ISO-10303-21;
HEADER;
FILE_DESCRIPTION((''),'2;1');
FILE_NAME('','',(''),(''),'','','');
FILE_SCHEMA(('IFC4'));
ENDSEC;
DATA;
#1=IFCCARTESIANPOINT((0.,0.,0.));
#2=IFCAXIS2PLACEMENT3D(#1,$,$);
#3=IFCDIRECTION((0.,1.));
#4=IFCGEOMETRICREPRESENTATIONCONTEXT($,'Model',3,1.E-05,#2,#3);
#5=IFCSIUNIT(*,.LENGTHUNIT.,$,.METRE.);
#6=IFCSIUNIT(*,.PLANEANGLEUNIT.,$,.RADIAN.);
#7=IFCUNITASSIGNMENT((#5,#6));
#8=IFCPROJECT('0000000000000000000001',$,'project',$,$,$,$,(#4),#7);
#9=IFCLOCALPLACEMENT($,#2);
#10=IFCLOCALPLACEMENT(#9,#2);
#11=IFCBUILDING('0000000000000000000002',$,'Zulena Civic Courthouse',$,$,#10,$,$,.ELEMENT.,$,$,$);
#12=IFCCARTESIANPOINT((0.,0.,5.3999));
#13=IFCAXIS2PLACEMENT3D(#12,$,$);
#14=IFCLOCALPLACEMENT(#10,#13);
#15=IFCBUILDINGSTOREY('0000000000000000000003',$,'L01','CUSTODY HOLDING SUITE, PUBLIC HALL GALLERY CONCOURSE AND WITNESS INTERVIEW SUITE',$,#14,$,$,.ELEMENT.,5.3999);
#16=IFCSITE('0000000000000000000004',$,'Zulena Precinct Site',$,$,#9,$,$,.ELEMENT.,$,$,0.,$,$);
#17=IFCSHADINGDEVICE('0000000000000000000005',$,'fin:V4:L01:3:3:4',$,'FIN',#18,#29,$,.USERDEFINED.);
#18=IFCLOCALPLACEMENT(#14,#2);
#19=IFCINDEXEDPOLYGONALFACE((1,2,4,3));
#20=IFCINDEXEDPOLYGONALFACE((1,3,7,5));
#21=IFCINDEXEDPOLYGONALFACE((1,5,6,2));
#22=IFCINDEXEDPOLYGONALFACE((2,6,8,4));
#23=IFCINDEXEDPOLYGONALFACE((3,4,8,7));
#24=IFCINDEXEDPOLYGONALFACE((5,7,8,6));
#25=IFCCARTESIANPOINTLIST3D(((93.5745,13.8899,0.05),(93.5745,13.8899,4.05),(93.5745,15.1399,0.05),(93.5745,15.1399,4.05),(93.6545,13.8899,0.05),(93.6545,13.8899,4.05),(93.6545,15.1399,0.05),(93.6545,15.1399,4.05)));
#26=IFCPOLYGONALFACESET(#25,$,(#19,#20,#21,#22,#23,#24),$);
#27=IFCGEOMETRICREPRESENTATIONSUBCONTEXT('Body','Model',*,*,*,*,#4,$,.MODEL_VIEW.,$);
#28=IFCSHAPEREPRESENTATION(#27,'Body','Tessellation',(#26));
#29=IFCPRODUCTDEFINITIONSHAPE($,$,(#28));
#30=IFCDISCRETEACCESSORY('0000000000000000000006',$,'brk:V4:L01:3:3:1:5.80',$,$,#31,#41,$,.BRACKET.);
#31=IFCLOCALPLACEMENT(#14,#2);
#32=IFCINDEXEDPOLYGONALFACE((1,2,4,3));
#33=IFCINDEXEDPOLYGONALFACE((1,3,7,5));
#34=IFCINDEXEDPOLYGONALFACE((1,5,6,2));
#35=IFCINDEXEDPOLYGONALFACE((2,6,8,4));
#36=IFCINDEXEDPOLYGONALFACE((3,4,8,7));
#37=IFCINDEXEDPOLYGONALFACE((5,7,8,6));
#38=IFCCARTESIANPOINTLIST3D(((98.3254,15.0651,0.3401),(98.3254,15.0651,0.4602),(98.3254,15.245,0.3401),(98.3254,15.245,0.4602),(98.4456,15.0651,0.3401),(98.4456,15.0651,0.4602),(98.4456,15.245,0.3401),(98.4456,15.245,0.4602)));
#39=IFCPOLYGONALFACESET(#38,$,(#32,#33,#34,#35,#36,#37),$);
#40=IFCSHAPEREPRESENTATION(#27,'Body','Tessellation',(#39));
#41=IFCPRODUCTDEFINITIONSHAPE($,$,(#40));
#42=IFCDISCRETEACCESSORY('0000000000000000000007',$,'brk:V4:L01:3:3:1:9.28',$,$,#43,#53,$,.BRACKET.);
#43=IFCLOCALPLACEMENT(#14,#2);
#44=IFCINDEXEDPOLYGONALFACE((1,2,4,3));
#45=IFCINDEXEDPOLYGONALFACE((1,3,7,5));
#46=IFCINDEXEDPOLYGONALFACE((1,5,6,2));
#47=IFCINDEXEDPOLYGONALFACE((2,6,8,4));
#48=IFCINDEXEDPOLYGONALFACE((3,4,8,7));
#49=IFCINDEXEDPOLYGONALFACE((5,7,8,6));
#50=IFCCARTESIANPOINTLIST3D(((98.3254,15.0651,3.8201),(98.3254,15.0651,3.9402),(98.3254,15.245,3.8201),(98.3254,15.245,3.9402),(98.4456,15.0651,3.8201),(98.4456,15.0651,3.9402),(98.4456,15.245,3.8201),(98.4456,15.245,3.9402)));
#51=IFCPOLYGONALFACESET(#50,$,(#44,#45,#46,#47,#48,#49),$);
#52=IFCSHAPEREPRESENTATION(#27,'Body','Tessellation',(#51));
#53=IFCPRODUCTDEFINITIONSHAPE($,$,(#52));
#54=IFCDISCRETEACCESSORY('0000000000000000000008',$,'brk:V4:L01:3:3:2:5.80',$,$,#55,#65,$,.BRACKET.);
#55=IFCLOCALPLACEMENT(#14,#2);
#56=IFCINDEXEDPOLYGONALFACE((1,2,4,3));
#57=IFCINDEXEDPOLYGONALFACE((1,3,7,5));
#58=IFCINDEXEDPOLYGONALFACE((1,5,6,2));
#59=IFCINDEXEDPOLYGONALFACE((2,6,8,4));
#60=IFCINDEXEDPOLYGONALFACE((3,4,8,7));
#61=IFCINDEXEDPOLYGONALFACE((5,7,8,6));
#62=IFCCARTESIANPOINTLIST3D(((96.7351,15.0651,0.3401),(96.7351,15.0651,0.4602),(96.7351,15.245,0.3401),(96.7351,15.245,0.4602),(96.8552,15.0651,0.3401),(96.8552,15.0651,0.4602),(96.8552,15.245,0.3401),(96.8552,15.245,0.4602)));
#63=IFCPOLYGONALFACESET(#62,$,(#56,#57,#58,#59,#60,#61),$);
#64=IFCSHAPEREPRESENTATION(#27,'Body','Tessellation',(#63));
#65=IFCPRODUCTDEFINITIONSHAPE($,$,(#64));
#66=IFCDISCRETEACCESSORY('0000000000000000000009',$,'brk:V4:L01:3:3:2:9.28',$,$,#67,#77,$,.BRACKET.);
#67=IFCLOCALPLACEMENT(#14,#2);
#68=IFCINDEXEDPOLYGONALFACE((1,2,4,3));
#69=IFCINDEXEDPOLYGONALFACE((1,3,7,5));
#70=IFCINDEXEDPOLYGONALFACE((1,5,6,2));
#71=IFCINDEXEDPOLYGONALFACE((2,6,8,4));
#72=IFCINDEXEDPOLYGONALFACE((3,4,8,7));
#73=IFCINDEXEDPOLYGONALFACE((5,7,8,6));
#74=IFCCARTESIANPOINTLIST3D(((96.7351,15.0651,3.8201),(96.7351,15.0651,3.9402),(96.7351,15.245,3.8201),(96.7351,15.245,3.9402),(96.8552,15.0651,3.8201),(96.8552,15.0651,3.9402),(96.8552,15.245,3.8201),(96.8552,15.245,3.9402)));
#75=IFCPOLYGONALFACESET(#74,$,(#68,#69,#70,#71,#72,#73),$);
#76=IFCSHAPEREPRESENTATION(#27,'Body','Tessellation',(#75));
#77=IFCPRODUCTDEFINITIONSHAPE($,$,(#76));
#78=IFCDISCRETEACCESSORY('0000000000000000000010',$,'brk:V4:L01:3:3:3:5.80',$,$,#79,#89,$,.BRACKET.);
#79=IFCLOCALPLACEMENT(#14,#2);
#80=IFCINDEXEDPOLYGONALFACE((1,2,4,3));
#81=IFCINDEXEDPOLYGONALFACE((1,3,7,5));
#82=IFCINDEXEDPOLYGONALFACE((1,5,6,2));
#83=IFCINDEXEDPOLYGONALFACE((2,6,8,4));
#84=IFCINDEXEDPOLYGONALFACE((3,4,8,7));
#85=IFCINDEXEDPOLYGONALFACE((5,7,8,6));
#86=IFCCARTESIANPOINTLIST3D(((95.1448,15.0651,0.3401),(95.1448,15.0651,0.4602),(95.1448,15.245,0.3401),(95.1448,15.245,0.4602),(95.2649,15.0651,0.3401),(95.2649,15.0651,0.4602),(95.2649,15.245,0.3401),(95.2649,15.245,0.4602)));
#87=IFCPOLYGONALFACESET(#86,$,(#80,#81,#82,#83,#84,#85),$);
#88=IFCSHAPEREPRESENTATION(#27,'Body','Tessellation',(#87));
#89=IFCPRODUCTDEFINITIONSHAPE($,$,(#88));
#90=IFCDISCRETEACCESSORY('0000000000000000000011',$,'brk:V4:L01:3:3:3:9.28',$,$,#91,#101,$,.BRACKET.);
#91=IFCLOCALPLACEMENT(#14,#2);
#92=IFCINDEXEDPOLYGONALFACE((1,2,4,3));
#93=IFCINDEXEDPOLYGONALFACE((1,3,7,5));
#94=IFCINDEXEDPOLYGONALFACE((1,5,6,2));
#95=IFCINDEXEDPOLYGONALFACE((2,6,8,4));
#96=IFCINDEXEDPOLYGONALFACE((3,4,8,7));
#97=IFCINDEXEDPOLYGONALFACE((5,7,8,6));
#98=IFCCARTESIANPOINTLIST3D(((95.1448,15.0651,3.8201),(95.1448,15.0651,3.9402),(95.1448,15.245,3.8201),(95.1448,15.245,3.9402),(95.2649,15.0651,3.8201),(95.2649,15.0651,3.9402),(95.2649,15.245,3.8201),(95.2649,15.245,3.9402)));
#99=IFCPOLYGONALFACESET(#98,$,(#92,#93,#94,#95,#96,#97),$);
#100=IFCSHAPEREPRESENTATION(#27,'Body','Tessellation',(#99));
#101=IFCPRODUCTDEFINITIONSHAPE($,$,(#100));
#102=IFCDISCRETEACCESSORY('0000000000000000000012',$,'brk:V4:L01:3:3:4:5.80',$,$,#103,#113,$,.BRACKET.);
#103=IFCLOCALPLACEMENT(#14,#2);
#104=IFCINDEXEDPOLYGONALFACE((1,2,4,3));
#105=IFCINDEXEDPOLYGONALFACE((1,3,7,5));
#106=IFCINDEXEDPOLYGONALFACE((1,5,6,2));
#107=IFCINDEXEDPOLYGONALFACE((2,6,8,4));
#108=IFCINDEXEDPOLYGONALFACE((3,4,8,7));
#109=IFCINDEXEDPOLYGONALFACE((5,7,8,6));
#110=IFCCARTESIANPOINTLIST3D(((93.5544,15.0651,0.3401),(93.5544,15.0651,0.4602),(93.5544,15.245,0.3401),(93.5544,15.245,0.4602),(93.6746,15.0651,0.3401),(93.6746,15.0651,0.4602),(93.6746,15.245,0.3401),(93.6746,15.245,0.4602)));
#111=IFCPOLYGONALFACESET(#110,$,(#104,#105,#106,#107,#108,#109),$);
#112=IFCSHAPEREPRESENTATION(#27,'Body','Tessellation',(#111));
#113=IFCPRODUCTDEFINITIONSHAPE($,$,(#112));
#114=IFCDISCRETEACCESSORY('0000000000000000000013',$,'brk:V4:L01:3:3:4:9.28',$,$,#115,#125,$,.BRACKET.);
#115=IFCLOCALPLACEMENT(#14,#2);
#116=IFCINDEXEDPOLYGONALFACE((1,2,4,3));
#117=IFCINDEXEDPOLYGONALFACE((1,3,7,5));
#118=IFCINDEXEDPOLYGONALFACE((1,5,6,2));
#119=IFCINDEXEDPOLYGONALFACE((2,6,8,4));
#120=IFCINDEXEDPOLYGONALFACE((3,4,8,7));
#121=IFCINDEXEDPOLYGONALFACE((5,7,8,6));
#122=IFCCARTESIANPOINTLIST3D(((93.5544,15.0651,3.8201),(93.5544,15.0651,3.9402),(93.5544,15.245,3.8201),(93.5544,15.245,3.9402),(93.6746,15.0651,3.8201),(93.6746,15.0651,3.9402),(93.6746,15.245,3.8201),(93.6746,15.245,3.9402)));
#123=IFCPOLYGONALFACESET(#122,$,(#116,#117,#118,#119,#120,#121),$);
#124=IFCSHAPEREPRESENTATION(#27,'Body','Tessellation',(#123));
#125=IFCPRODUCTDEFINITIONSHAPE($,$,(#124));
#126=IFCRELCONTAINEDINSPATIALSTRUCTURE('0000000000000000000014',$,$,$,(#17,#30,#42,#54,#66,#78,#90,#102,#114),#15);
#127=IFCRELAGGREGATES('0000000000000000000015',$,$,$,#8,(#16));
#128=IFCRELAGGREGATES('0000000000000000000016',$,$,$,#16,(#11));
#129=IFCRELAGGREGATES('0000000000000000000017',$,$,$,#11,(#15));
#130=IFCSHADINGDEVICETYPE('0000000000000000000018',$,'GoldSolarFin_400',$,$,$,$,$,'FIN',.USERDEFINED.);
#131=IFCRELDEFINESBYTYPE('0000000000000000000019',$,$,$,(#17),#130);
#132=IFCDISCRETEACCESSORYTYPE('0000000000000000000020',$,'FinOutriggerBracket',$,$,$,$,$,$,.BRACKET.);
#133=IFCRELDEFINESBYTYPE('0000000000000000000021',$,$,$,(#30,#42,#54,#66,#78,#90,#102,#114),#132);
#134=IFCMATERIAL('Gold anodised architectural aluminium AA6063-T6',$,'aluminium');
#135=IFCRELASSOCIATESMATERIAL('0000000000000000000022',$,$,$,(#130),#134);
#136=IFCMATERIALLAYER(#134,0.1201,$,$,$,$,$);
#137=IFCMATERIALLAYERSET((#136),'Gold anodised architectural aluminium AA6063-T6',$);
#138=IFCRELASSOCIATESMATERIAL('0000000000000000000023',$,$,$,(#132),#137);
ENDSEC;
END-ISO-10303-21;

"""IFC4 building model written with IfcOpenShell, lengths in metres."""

from ifc_helpers import new_model, si_unit, direction, frame, origin, origin_2d, place, context, subcontext, project, spatial, rectangle, extrude, material, layer, layer_set, type_object, element, save


model = new_model("IFC4")

# Units and contexts
model_context = context("Model", 3, precision=1e-05, world=origin(), true_north=direction((0.0, 1.0)))
body_context = subcontext(model_context, "Body", "Model", "MODEL_VIEW")
ifc_project = project(units=[si_unit("LENGTHUNIT", "METRE"), si_unit("PLANEANGLEUNIT", "RADIAN")], contexts=[model_context])

# Site, building, storey
site_placement = place(None, origin())
site = spatial("IfcSite", under=ifc_project, at=site_placement, Name="Zulena Precinct Site", CompositionType="ELEMENT", RefElevation=0.0)
building_placement = place(site_placement, origin())
building = spatial("IfcBuilding", under=site, at=building_placement, Name="Zulena Civic Courthouse", CompositionType="ELEMENT")
storey_placement = place(building_placement, frame((0.0, 0.0, 5.3999)))
storey = spatial("IfcBuildingStorey", under=building, at=storey_placement, Name="L01", Description="CUSTODY HOLDING SUITE, PUBLIC HALL GALLERY CONCOURSE AND WITNESS INTERVIEW SUITE", CompositionType="ELEMENT", Elevation=5.3999)

# Shading device
ifc_material_1 = material(Name="Gold anodised architectural aluminium AA6063-T6", Category="aluminium")
shading_device_type = type_object("IfcShadingDeviceType", Name="GoldSolarFin_400", ElementType="FIN", PredefinedType="USERDEFINED", material=ifc_material_1)
for number, where, z_axis, x_axis, name in (
    (1, (93.6145, 14.5149, 0.05), (0.0, 0.0, 1.0), (0.0, -1.0, 0.0), "fin:V4:L01:3:3:4"),
):
    element("IfcShadingDevice", number, at=place(storey_placement, frame(where, z_axis=z_axis, x_axis=x_axis)), inside=storey, type_object=shading_device_type, Name=name, ObjectType="FIN", PredefinedType="USERDEFINED", context=body_context, shape_type="SweptSolid", body=[
        extrude(rectangle(XDim=1.25, YDim=0.0801, at=origin_2d()), origin(), (0.0, 0.0, 1.0), 4.0),
    ])

# Discrete accessories
ifc_layer_1 = layer(ifc_material_1, 0.1201)
ifc_layer_set_1 = layer_set([ifc_layer_1], Name="Gold anodised architectural aluminium AA6063-T6")
discrete_accessory_type = type_object("IfcDiscreteAccessoryType", Name="FinOutriggerBracket", PredefinedType="BRACKET", material=ifc_layer_set_1)
for number, where, z_axis, x_axis, name in (
    (2, (98.3855, 15.155, 0.3401), (0.0, 0.0, 1.0), (0.0, -1.0, 0.0), "brk:V4:L01:3:3:1:5.80"),
    (3, (98.3855, 15.155, 3.8201), (0.0, 0.0, 1.0), (0.0, -1.0, 0.0), "brk:V4:L01:3:3:1:9.28"),
    (4, (96.7952, 15.155, 0.3401), (0.0, 0.0, 1.0), (0.0, -1.0, 0.0), "brk:V4:L01:3:3:2:5.80"),
    (5, (96.7952, 15.155, 3.8201), (0.0, 0.0, 1.0), (0.0, -1.0, 0.0), "brk:V4:L01:3:3:2:9.28"),
    (6, (95.2048, 15.155, 0.3401), (0.0, 0.0, 1.0), (0.0, -1.0, 0.0), "brk:V4:L01:3:3:3:5.80"),
    (7, (95.2048, 15.155, 3.8201), (0.0, 0.0, 1.0), (0.0, -1.0, 0.0), "brk:V4:L01:3:3:3:9.28"),
    (8, (93.6145, 15.155, 0.3401), (0.0, 0.0, 1.0), (0.0, -1.0, 0.0), "brk:V4:L01:3:3:4:5.80"),
    (9, (93.6145, 15.155, 3.8201), (0.0, 0.0, 1.0), (0.0, -1.0, 0.0), "brk:V4:L01:3:3:4:9.28"),
):
    element("IfcDiscreteAccessory", number, at=place(storey_placement, frame(where, z_axis=z_axis, x_axis=x_axis)), inside=storey, type_object=discrete_accessory_type, Name=name, PredefinedType="BRACKET", context=body_context, shape_type="SweptSolid", body=[
        extrude(rectangle(XDim=0.1799, YDim=0.1201, at=origin_2d()), origin(), (0.0, 0.0, 1.0), 0.1201),
    ])

save(model, "model.ifc")
